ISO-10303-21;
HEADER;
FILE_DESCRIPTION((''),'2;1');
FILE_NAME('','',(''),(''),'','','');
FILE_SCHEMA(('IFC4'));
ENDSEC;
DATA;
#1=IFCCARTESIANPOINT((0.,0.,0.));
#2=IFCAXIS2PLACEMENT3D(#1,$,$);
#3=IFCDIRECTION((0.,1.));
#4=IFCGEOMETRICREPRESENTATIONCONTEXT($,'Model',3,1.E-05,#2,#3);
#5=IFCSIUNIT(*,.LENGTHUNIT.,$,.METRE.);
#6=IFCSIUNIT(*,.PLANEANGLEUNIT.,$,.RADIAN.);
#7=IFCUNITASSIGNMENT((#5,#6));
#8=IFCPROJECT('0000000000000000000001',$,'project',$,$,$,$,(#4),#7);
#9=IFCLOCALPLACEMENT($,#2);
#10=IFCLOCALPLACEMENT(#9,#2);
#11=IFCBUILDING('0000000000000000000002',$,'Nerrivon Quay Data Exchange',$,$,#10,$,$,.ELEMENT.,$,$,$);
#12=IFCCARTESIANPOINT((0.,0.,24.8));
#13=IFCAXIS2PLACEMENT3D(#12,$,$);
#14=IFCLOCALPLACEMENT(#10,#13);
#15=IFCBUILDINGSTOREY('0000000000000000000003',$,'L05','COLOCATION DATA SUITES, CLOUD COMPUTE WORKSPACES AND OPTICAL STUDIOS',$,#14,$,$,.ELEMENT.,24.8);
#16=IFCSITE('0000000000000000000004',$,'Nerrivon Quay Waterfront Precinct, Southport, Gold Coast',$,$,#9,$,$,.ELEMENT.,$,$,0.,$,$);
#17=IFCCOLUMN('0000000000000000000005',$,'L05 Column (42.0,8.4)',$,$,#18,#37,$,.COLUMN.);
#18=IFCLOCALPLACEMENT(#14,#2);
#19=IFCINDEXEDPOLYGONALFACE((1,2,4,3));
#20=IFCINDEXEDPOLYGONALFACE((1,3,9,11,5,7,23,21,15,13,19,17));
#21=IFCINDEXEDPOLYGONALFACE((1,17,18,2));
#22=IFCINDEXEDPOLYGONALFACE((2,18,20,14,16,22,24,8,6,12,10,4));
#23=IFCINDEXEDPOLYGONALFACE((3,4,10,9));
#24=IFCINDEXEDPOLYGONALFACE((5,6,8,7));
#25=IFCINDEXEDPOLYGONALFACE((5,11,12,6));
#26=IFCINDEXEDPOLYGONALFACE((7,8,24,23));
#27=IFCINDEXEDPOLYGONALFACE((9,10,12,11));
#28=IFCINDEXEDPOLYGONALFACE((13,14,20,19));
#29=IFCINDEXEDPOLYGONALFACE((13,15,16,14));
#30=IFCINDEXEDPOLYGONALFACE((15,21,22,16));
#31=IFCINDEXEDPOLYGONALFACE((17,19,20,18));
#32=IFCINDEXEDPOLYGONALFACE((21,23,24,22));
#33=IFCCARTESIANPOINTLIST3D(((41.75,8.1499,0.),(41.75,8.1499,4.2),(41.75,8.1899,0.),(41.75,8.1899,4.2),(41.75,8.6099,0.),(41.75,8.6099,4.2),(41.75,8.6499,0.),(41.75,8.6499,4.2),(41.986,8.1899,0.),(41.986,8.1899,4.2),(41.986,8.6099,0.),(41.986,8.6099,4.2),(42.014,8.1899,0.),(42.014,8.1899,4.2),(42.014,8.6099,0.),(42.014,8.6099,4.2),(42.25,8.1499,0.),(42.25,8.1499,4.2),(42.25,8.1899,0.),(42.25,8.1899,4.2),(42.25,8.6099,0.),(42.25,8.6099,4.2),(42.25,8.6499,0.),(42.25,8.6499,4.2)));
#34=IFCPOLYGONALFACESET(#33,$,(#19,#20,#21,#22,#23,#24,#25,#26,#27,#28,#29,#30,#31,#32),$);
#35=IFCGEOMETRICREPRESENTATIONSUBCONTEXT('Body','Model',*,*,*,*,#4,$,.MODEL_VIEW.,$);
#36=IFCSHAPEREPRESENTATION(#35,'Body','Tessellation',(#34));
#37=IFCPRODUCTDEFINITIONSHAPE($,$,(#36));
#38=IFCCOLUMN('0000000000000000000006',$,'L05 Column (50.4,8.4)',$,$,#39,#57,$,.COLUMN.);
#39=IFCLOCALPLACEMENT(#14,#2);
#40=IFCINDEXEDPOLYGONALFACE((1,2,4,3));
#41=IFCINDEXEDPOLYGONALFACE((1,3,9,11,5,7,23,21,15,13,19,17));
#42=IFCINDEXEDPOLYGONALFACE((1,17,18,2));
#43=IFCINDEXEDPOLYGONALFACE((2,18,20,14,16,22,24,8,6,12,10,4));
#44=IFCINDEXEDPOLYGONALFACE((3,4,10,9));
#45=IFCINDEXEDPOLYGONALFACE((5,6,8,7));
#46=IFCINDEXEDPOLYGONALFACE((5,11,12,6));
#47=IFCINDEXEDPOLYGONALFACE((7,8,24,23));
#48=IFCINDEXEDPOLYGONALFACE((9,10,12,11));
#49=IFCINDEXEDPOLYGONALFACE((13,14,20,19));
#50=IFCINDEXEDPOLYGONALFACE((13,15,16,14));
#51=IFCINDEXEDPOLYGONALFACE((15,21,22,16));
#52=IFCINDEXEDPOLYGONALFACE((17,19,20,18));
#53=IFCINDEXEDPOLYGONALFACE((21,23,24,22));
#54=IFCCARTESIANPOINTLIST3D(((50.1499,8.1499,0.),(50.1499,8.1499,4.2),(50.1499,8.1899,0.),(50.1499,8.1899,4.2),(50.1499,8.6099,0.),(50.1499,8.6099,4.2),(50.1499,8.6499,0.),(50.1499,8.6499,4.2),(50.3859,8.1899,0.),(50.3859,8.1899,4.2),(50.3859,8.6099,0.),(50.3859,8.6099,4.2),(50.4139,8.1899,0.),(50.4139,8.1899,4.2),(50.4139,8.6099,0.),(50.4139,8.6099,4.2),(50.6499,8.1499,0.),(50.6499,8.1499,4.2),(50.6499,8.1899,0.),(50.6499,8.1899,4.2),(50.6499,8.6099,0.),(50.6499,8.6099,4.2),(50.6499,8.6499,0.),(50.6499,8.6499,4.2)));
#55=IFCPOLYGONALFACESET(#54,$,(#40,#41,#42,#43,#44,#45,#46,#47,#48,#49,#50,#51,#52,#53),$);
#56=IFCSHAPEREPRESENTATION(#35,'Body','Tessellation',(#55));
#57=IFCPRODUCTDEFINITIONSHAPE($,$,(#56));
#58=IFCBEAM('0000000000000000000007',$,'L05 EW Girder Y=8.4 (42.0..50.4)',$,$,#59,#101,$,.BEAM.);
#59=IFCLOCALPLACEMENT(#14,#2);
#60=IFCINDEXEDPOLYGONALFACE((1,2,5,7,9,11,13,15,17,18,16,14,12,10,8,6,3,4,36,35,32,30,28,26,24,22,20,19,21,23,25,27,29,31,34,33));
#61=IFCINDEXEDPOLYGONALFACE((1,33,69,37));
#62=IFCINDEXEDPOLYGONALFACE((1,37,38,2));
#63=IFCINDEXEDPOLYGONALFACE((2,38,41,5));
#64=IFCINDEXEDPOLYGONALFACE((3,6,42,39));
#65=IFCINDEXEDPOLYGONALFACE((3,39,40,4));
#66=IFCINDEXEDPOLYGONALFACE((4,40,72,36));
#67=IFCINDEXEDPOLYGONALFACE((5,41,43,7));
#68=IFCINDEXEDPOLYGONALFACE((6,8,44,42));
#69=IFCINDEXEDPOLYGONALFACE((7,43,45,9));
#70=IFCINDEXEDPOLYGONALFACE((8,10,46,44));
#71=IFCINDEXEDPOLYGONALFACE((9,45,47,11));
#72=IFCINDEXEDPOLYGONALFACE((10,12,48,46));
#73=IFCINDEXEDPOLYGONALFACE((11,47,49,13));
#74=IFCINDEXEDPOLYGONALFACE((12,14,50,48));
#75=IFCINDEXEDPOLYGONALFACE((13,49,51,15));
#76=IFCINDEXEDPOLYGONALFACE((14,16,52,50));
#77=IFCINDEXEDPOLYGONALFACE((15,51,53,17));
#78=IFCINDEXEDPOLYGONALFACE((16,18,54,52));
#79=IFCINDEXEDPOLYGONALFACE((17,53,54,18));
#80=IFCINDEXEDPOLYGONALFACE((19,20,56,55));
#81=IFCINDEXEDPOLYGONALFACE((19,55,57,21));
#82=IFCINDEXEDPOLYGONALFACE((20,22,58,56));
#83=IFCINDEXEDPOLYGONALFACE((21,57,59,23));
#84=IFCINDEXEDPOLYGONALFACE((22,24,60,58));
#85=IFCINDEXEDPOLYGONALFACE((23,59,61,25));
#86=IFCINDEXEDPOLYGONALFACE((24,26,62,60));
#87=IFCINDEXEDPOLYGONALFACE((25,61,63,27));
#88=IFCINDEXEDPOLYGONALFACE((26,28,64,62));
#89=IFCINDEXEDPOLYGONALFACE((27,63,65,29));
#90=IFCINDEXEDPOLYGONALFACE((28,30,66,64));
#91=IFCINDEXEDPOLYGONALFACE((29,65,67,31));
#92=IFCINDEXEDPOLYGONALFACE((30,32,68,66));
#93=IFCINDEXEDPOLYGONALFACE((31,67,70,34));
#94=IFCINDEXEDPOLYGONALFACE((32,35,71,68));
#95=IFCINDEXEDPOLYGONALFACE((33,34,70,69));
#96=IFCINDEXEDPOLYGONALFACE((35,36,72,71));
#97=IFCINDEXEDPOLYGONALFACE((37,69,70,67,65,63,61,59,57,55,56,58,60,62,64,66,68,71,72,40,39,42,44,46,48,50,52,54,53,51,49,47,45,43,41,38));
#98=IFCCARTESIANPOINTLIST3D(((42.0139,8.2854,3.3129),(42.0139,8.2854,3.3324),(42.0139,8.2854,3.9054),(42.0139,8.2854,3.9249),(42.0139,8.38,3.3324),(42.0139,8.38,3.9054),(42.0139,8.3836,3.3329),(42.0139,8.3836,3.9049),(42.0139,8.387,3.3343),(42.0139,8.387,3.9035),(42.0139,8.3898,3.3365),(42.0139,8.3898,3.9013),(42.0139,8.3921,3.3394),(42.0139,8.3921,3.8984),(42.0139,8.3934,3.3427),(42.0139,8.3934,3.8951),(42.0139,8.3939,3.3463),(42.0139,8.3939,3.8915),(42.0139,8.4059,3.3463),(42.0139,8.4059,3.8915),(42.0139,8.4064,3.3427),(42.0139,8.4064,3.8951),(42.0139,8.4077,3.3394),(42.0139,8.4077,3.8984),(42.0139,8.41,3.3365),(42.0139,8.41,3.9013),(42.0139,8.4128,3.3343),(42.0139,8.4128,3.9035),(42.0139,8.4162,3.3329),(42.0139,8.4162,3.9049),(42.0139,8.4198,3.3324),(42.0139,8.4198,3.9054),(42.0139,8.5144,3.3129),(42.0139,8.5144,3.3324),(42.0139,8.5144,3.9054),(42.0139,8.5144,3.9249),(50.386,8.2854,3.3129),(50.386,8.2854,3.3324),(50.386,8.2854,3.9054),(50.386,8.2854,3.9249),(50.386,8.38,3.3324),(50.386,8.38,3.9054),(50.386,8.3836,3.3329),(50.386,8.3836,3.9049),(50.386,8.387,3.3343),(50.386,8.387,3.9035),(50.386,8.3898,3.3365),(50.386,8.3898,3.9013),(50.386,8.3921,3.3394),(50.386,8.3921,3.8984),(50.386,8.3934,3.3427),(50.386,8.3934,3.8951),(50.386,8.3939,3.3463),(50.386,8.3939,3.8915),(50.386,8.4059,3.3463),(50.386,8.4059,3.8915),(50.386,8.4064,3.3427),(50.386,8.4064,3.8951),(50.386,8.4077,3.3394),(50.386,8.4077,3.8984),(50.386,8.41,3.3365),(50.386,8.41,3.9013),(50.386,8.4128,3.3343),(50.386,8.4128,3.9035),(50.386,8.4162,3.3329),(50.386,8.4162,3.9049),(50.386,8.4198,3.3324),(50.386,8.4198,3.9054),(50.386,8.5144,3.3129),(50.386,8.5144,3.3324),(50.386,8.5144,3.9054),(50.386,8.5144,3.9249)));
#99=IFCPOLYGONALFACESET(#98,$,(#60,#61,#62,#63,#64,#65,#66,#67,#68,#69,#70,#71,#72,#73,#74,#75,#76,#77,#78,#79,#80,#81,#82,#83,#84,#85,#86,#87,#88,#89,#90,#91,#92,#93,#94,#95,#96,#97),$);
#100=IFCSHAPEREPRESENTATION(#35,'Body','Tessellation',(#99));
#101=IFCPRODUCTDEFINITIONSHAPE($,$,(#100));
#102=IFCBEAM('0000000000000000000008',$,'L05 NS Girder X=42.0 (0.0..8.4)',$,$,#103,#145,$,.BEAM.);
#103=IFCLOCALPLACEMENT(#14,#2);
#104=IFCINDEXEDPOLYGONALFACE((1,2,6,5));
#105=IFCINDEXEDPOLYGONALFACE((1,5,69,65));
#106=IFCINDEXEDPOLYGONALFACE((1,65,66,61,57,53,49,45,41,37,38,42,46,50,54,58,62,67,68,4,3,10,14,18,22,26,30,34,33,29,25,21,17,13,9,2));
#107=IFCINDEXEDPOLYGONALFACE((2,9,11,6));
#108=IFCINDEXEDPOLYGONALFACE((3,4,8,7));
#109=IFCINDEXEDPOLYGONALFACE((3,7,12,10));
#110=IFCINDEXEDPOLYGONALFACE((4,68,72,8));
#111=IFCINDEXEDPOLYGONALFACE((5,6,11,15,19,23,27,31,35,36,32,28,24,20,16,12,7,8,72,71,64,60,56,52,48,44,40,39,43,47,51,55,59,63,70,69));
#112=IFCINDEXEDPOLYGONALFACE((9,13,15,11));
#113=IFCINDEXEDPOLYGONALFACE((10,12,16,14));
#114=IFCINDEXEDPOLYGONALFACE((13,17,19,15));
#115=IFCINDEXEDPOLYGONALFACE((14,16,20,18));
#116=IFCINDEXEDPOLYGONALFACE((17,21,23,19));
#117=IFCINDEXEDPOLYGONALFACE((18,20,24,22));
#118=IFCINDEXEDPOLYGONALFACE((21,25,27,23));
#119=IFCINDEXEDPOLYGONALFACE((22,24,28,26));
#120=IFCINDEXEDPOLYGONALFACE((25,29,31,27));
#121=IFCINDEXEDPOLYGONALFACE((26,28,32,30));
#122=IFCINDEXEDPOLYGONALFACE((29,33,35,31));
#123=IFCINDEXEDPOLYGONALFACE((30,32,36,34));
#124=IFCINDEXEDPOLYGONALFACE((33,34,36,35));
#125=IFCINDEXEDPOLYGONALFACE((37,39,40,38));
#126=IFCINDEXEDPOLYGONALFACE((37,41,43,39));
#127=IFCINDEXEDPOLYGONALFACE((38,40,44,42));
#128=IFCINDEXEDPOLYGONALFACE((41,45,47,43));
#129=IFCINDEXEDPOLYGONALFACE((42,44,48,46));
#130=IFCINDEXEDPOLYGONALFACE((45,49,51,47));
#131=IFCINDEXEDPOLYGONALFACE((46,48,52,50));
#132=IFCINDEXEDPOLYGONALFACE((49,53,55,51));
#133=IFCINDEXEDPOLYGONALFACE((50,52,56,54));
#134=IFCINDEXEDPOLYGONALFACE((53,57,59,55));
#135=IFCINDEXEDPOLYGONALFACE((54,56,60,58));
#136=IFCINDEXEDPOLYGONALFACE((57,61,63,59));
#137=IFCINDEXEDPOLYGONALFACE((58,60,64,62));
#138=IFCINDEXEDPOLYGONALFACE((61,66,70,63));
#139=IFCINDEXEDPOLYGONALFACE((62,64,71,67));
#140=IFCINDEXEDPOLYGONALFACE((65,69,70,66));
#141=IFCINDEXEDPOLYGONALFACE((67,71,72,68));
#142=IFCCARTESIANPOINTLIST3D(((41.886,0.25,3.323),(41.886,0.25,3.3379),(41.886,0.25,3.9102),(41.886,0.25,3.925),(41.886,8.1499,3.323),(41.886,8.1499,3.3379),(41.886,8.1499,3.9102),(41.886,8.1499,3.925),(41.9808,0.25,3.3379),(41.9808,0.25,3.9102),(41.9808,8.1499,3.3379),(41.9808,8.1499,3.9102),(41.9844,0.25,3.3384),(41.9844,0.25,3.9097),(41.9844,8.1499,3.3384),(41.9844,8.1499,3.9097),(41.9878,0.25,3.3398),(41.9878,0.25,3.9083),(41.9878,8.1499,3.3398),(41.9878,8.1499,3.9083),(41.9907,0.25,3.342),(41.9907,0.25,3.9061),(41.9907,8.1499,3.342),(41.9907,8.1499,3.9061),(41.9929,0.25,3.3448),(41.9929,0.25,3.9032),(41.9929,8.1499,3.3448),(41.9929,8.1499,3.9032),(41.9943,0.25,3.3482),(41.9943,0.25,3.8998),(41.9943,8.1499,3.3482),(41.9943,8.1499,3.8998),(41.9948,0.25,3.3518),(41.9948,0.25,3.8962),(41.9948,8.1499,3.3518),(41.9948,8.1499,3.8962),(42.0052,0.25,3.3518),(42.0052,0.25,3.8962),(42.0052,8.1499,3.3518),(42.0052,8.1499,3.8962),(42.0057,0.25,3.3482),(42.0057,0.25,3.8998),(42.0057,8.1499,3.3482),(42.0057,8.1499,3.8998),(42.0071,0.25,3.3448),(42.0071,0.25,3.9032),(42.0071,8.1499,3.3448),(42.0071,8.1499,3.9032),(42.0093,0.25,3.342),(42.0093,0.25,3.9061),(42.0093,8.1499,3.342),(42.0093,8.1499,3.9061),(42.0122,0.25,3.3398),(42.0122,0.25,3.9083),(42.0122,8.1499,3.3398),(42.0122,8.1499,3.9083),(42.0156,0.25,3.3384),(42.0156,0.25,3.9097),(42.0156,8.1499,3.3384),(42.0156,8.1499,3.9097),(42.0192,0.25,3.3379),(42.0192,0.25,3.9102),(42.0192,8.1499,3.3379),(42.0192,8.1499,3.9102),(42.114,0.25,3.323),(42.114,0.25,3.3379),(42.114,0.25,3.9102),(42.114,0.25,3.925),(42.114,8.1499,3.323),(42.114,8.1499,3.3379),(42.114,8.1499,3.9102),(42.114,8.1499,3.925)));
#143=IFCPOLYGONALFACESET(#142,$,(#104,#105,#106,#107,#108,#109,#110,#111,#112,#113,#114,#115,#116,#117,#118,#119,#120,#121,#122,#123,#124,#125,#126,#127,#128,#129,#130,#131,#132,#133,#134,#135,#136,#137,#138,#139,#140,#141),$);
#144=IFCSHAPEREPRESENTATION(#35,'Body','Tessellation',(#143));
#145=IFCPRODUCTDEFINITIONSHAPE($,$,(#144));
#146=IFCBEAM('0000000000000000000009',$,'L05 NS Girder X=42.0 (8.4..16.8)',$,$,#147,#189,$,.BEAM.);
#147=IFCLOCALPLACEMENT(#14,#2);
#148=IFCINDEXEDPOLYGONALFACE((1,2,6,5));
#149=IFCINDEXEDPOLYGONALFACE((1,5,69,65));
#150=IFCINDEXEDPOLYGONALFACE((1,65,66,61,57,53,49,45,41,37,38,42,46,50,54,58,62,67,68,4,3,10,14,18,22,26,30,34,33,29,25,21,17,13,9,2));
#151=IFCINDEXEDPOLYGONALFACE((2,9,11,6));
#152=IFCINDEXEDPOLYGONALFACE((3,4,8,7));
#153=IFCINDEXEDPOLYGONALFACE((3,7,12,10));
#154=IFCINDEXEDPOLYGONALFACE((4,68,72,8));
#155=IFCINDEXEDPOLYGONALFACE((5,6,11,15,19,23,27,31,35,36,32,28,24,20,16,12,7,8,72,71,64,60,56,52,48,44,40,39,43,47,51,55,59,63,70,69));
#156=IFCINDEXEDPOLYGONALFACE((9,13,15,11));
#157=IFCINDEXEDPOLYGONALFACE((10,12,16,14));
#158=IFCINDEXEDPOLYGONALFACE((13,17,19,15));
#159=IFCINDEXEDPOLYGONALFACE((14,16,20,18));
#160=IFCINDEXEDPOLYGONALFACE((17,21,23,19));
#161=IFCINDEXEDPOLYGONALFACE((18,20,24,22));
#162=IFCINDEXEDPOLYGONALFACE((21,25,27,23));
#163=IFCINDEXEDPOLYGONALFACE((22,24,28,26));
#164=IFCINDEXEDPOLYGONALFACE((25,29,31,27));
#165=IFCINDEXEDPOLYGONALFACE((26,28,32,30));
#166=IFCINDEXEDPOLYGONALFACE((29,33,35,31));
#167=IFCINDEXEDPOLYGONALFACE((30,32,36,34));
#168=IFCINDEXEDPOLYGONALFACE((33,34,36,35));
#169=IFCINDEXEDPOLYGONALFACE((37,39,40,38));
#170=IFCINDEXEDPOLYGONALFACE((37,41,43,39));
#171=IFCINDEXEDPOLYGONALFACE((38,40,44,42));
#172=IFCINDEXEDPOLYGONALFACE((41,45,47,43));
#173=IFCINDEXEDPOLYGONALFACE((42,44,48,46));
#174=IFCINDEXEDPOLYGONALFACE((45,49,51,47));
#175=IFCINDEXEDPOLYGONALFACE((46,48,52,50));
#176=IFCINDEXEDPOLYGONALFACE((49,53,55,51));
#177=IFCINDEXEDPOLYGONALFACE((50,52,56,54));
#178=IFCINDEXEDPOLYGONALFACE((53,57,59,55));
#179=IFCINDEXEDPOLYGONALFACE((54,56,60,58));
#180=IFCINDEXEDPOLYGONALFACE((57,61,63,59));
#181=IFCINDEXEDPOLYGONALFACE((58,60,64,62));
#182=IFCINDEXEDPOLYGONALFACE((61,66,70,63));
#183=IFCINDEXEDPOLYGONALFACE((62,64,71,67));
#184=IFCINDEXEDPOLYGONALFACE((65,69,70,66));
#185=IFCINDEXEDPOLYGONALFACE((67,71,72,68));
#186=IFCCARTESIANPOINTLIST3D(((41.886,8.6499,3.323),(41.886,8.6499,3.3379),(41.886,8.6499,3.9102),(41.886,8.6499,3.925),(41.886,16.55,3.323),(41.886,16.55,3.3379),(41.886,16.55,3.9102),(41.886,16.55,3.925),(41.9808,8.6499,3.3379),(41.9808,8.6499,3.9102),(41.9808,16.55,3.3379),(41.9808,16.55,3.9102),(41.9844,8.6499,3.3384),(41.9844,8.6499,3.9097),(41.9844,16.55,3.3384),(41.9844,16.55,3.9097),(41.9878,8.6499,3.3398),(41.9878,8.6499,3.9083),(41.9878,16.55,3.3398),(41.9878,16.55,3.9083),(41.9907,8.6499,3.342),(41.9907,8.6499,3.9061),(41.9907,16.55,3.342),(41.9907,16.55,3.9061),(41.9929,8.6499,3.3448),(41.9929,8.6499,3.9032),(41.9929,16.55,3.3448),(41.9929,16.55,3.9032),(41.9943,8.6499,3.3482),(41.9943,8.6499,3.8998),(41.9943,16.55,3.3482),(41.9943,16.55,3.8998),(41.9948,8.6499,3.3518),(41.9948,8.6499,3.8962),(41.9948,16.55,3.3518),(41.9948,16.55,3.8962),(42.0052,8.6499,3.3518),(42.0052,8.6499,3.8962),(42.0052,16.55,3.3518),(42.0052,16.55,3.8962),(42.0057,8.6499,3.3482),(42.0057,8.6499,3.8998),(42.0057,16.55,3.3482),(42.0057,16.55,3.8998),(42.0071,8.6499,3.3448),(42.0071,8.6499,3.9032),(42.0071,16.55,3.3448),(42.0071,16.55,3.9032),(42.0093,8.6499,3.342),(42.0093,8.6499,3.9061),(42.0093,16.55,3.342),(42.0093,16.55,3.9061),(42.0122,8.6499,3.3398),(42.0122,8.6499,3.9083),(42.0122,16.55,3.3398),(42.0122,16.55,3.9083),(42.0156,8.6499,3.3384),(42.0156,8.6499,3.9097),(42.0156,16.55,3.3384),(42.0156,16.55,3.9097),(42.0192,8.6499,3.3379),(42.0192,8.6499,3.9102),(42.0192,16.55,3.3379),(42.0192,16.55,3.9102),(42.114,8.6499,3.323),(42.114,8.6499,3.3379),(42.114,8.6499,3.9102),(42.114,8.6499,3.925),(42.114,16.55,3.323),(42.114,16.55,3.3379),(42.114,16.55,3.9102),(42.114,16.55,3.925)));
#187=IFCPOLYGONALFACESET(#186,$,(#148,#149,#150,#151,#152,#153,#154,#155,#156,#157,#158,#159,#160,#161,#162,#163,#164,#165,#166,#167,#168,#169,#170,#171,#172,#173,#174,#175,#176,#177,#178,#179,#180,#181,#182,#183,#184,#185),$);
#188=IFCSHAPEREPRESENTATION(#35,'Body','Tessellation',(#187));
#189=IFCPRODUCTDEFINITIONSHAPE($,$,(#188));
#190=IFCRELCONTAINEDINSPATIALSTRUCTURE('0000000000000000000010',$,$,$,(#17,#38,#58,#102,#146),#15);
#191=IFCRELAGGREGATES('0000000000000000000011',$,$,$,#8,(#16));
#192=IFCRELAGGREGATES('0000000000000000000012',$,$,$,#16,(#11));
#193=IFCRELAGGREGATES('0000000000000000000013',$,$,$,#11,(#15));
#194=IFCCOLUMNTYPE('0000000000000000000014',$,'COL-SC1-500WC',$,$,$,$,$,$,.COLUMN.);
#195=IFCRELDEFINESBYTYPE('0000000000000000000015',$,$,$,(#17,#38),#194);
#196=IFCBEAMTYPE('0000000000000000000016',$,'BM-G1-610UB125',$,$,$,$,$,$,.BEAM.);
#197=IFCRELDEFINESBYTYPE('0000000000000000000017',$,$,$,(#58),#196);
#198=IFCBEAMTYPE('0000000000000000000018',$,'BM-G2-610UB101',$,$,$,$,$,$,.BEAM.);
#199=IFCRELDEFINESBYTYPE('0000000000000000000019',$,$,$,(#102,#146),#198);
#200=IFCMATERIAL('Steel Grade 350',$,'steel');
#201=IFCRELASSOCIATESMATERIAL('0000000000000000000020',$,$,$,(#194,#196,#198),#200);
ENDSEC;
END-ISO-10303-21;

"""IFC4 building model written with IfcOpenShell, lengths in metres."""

from ifc_helpers import new_model, si_unit, direction, frame, origin, origin_2d, place, context, subcontext, project, spatial, i_section, extrude, material, material_profile, profile_set, type_object, element, save


model = new_model("IFC4")

# Units and contexts
model_context = context("Model", 3, precision=1e-05, world=origin(), true_north=direction((0.0, 1.0)))
body_context = subcontext(model_context, "Body", "Model", "MODEL_VIEW")
ifc_project = project(units=[si_unit("LENGTHUNIT", "METRE"), si_unit("PLANEANGLEUNIT", "RADIAN")], contexts=[model_context])

# Site, building, storey
site_placement = place(None, origin())
site = spatial("IfcSite", under=ifc_project, at=site_placement, Name="Nerrivon Quay Waterfront Precinct, Southport, Gold Coast", CompositionType="ELEMENT", RefElevation=0.0)
building_placement = place(site_placement, origin())
building = spatial("IfcBuilding", under=site, at=building_placement, Name="Nerrivon Quay Data Exchange", CompositionType="ELEMENT")
storey_placement = place(building_placement, frame((0.0, 0.0, 24.8)))
storey = spatial("IfcBuildingStorey", under=building, at=storey_placement, Name="L05", Description="COLOCATION DATA SUITES, CLOUD COMPUTE WORKSPACES AND OPTICAL STUDIOS", CompositionType="ELEMENT", Elevation=24.8)

# Columns
ifc_material_1 = material(Name="Steel Grade 350", Category="steel")
ifc_material_profile_1 = material_profile(ifc_material_1, i_section(OverallWidth=0.5, OverallDepth=0.5, WebThickness=0.0281, FlangeThickness=0.04, at=origin_2d()), Name="500WC440")
ifc_profile_set_1 = profile_set([ifc_material_profile_1], Name="Steel Grade 350")
column_type = type_object("IfcColumnType", Name="COL-SC1-500WC", PredefinedType="COLUMN", material=ifc_profile_set_1)
for number, where, z_axis, x_axis, name in (
    (1, (42.0, 8.3999, 0.0), (0.0, 0.0, 1.0), (1.0, 0.0, 0.0), "L05 Column (42.0,8.4)"),
    (2, (50.3999, 8.3999, 0.0), (0.0, 0.0, 1.0), (1.0, 0.0, 0.0), "L05 Column (50.4,8.4)"),
):
    element("IfcColumn", number, at=place(storey_placement, frame(where, z_axis=z_axis, x_axis=x_axis)), inside=storey, type_object=column_type, Name=name, PredefinedType="COLUMN", context=body_context, shape_type="SweptSolid", body=[
        extrude(i_section(OverallWidth=0.5, OverallDepth=0.5, WebThickness=0.0281, FlangeThickness=0.04, at=origin_2d()), origin(), (0.0, 0.0, 1.0), 4.2),
    ])

# Beams
ifc_material_profile_2 = material_profile(ifc_material_1, i_section(OverallWidth=0.229, OverallDepth=0.6121, WebThickness=0.012, FlangeThickness=0.0195, FilletRadius=0.0139, at=origin_2d()), Name="610UB125")
ifc_profile_set_2 = profile_set([ifc_material_profile_2], Name="Steel Grade 350")
beam_type_1 = type_object("IfcBeamType", Name="BM-G1-610UB125", PredefinedType="BEAM", material=ifc_profile_set_2)
beam_1_placement = place(storey_placement, frame((42.0139, 8.3999, 3.6189), z_axis=(1.0, 0.0, 0.0), x_axis=(0.0, 1.0, 0.0)))
element("IfcBeam", 3, at=beam_1_placement, inside=storey, type_object=beam_type_1, Name="L05 EW Girder Y=8.4 (42.0..50.4)", PredefinedType="BEAM", context=body_context, shape_type="SweptSolid", body=[
    extrude(i_section(OverallWidth=0.229, OverallDepth=0.6121, WebThickness=0.012, FlangeThickness=0.0195, FilletRadius=0.0139, at=origin_2d()), origin(), (0.0, 0.0, 1.0), 8.3721),
])
ifc_material_profile_3 = material_profile(ifc_material_1, i_section(OverallWidth=0.228, OverallDepth=0.6021, WebThickness=0.0105, FlangeThickness=0.0149, FilletRadius=0.0139, at=origin_2d()), Name="610UB101")
ifc_profile_set_3 = profile_set([ifc_material_profile_3], Name="Steel Grade 350")
beam_type_2 = type_object("IfcBeamType", Name="BM-G2-610UB101", PredefinedType="BEAM", material=ifc_profile_set_3)
beam_2_placement = place(storey_placement, frame((42.0, 0.25, 3.624), z_axis=(0.0, 1.0, 0.0), x_axis=(-1.0, 0.0, 0.0)))
element("IfcBeam", 4, at=beam_2_placement, inside=storey, type_object=beam_type_2, Name="L05 NS Girder X=42.0 (0.0..8.4)", PredefinedType="BEAM", context=body_context, shape_type="SweptSolid", body=[
    extrude(i_section(OverallWidth=0.228, OverallDepth=0.6021, WebThickness=0.0105, FlangeThickness=0.0149, FilletRadius=0.0139, at=origin_2d()), origin(), (0.0, 0.0, 1.0), 7.8999),
])
beam_3_placement = place(storey_placement, frame((42.0, 8.6499, 3.624), z_axis=(0.0, 1.0, 0.0), x_axis=(-1.0, 0.0, 0.0)))
element("IfcBeam", 5, at=beam_3_placement, inside=storey, type_object=beam_type_2, Name="L05 NS Girder X=42.0 (8.4..16.8)", PredefinedType="BEAM", context=body_context, shape_type="SweptSolid", body=[
    extrude(i_section(OverallWidth=0.228, OverallDepth=0.6021, WebThickness=0.0105, FlangeThickness=0.0149, FilletRadius=0.0139, at=origin_2d()), origin(), (0.0, 0.0, 1.0), 7.9001),
])

save(model, "model.ifc")
